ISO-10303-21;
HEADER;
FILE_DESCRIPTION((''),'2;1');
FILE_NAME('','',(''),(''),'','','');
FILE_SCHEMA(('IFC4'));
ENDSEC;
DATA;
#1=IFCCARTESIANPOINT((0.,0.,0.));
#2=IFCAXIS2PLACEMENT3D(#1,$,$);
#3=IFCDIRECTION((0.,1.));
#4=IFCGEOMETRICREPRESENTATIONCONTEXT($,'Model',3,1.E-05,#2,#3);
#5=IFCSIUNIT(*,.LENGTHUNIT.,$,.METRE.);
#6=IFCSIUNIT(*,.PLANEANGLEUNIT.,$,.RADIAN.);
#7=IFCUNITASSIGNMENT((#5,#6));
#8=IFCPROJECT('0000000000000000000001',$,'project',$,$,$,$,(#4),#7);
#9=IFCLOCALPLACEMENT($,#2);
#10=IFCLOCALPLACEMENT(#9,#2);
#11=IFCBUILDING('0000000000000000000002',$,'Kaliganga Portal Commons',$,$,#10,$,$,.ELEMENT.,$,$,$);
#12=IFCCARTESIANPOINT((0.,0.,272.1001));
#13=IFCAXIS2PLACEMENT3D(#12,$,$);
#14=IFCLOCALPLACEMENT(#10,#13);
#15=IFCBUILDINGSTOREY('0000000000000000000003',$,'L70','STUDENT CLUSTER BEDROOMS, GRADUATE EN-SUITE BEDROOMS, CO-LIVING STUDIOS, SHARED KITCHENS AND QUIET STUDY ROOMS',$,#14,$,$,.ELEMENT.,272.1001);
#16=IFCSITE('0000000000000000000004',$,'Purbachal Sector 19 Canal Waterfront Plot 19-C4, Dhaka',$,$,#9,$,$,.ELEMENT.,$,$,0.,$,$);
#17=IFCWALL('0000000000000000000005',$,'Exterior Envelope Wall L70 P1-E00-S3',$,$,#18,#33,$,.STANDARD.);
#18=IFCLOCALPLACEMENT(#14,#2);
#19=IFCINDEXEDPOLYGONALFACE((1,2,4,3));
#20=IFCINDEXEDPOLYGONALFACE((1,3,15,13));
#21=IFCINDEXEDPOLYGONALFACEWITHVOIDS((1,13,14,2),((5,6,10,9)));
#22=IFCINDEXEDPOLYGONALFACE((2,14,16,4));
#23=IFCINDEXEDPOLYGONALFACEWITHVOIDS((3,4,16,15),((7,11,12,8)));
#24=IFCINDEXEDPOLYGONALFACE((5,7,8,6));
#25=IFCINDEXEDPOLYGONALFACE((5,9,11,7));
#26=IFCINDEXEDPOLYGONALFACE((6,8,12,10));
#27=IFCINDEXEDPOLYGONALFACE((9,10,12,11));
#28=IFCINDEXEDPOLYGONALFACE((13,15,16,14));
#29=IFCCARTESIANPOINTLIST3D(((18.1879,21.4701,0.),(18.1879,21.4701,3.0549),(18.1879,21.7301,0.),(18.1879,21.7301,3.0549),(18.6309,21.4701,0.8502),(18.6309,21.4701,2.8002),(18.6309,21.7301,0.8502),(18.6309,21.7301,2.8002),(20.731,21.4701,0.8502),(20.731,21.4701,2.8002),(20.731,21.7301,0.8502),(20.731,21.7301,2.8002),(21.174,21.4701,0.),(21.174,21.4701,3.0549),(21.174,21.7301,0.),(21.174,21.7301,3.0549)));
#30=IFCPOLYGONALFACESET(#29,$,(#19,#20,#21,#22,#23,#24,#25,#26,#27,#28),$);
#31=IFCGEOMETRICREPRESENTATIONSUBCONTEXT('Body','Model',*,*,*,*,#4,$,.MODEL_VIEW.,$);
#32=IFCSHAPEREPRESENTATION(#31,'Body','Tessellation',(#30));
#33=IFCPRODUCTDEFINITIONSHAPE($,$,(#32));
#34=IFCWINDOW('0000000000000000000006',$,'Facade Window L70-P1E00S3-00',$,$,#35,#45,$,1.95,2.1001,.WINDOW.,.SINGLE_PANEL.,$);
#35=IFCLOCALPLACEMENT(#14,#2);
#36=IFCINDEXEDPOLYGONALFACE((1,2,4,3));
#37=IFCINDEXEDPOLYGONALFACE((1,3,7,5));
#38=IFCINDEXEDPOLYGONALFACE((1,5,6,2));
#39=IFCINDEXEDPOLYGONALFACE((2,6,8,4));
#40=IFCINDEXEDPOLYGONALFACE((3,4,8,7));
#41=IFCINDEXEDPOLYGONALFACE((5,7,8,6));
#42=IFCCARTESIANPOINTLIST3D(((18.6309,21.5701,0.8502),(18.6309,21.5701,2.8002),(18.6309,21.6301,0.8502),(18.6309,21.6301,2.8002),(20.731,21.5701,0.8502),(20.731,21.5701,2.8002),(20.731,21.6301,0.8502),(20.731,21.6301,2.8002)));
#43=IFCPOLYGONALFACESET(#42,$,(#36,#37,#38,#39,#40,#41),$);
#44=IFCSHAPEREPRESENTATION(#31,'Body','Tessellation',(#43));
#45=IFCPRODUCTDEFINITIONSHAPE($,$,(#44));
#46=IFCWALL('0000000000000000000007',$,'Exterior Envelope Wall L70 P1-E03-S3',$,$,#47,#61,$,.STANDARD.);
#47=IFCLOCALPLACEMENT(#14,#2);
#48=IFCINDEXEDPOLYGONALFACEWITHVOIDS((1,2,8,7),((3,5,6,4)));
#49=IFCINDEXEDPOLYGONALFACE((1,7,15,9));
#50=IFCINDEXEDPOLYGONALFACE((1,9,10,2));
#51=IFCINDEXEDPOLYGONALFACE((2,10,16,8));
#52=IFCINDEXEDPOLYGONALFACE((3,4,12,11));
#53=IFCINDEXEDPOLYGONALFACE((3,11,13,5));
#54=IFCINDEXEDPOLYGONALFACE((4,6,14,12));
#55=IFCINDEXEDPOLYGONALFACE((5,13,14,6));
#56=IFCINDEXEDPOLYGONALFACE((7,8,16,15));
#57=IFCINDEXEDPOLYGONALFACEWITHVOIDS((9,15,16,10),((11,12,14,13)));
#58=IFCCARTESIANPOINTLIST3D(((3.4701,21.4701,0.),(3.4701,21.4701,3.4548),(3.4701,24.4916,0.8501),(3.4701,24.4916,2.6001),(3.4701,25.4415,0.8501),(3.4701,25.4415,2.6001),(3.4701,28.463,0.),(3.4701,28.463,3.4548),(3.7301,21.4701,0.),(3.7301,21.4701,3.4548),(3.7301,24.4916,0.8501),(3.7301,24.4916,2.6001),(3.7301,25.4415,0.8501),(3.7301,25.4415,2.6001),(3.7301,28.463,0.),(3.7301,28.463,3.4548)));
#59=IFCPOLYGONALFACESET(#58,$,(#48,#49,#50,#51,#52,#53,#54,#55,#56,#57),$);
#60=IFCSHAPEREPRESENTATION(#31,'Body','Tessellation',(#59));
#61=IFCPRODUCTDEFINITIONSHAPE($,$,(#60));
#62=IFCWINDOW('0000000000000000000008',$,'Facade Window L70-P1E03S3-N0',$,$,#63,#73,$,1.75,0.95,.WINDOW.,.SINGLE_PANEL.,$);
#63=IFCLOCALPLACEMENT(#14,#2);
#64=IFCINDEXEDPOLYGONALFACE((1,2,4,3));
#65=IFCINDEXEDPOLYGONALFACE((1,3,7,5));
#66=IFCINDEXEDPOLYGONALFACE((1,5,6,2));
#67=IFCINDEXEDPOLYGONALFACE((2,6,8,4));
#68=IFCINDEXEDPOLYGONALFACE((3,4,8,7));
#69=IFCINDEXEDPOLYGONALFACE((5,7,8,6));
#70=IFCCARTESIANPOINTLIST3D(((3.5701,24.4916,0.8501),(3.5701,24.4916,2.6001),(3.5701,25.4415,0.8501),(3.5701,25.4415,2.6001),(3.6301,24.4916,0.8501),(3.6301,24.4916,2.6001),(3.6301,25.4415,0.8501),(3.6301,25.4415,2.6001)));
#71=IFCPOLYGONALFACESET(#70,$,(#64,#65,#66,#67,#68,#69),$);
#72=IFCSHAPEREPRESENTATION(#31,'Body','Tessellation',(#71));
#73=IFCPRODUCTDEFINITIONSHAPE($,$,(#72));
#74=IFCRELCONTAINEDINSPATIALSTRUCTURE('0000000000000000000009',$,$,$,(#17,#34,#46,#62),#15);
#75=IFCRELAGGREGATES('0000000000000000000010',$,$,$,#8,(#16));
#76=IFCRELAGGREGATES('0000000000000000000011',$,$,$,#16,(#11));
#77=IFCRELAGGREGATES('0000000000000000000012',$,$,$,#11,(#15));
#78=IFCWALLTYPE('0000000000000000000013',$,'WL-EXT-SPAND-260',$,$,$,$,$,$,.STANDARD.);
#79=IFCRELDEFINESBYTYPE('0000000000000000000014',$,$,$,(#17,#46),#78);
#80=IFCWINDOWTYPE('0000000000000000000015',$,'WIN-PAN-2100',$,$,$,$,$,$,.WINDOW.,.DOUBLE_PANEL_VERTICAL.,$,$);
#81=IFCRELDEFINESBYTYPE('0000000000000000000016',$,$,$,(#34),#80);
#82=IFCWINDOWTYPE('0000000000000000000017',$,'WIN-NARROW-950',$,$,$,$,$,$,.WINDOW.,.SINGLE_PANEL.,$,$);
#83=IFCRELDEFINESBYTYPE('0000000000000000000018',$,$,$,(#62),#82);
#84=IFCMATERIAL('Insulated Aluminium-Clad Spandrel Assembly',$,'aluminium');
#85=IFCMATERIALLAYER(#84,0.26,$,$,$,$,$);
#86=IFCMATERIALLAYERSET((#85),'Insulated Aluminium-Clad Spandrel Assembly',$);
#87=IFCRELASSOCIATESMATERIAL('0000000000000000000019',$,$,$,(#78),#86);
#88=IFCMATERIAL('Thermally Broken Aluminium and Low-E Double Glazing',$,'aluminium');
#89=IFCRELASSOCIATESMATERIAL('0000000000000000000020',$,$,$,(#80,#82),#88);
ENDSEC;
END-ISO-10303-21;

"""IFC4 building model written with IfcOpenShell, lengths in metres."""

from ifc_helpers import new_model, si_unit, direction, frame, frame_2d, origin, place, context, subcontext, project, spatial, rectangle, extrude, material, layer, layer_set, type_object, element, fill, save


model = new_model("IFC4")

# Units and contexts
model_context = context("Model", 3, precision=1e-05, world=origin(), true_north=direction((0.0, 1.0)))
body_context = subcontext(model_context, "Body", "Model", "MODEL_VIEW")
ifc_project = project(units=[si_unit("LENGTHUNIT", "METRE"), si_unit("PLANEANGLEUNIT", "RADIAN")], contexts=[model_context])

# Site, building, storey
site_placement = place(None, origin())
site = spatial("IfcSite", under=ifc_project, at=site_placement, Name="Purbachal Sector 19 Canal Waterfront Plot 19-C4, Dhaka", CompositionType="ELEMENT", RefElevation=0.0)
building_placement = place(site_placement, origin())
building = spatial("IfcBuilding", under=site, at=building_placement, Name="Kaliganga Portal Commons", CompositionType="ELEMENT")
storey_placement = place(building_placement, frame((0.0, 0.0, 272.1001)))
storey = spatial("IfcBuildingStorey", under=building, at=storey_placement, Name="L70", Description="STUDENT CLUSTER BEDROOMS, GRADUATE EN-SUITE BEDROOMS, CO-LIVING STUDIOS, SHARED KITCHENS AND QUIET STUDY ROOMS", CompositionType="ELEMENT", Elevation=272.1001)

# Shared definitions
ifc_material_1 = material(Name="Insulated Aluminium-Clad Spandrel Assembly", Category="aluminium")
ifc_layer_1 = layer(ifc_material_1, 0.26)
ifc_layer_set_1 = layer_set([ifc_layer_1], Name="Insulated Aluminium-Clad Spandrel Assembly")
wall_type = type_object("IfcWallType", Name="WL-EXT-SPAND-260", PredefinedType="STANDARD", material=ifc_layer_set_1)
ifc_material_2 = material(Name="Thermally Broken Aluminium and Low-E Double Glazing", Category="aluminium")
window_type_1 = type_object("IfcWindowType", Name="WIN-PAN-2100", PartitioningType="DOUBLE_PANEL_VERTICAL", PredefinedType="WINDOW", material=ifc_material_2)

# Walls, openings, windows
window_type_2 = type_object("IfcWindowType", Name="WIN-NARROW-950", PartitioningType="SINGLE_PANEL", PredefinedType="WINDOW", material=ifc_material_2)
wall_1_placement = place(storey_placement, frame((21.1741, 21.6001, 0.0), z_axis=(0.0, 0.0, 1.0), x_axis=(-1.0, 0.0, 0.0)))
wall_1 = element("IfcWall", 1, at=wall_1_placement, inside=storey, type_object=wall_type, Name="Exterior Envelope Wall L70 P1-E00-S3", PredefinedType="STANDARD", context=body_context, shape_type="SweptSolid", body=[
    extrude(rectangle(XDim=2.9861, YDim=0.26, at=frame_2d((1.4932, 0.0))), origin(), (0.0, 0.0, 1.0), 3.0549),
])
opening_1_placement = place(wall_1_placement, frame((0.4431, 0.0, 0.8501)))
opening_1 = element("IfcOpeningElement", 2, at=opening_1_placement, cuts=wall_1, PredefinedType="OPENING", context=body_context, shape_type="SweptSolid", body=[
    extrude(rectangle(XDim=2.1001, YDim=1.95, at=frame_2d((1.05, 0.9751))), frame((0.0, 0.1401, 0.0), z_axis=(0.0, -1.0, 0.0), x_axis=(1.0, 0.0, 0.0)), (0.0, 0.0, 1.0), 0.28),
])
window_1_placement = place(opening_1_placement, origin())
window_1 = element("IfcWindow", 3, at=window_1_placement, inside=storey, type_object=window_type_1, Name="Facade Window L70-P1E00S3-00", OverallHeight=1.95, OverallWidth=2.1001, PartitioningType="SINGLE_PANEL", PredefinedType="WINDOW", context=body_context, shape_type="SweptSolid", body=[
    extrude(rectangle(XDim=2.1001, YDim=1.95, at=frame_2d((1.05, 0.9751))), frame((0.0, 0.03, 0.0), z_axis=(0.0, -1.0, 0.0), x_axis=(1.0, 0.0, 0.0)), (0.0, 0.0, 1.0), 0.0601),
])
fill(opening_1, window_1)
wall_2_placement = place(storey_placement, frame((3.6001, 21.47, 0.0), z_axis=(0.0, 0.0, 1.0), x_axis=(0.0, 1.0, 0.0)))
wall_2 = element("IfcWall", 4, at=wall_2_placement, inside=storey, type_object=wall_type, Name="Exterior Envelope Wall L70 P1-E03-S3", PredefinedType="STANDARD", context=body_context, shape_type="SweptSolid", body=[
    extrude(rectangle(XDim=6.9929, YDim=0.26, at=frame_2d((3.4966, 0.0))), origin(), (0.0, 0.0, 1.0), 3.4548),
])
opening_2_placement = place(wall_2_placement, frame((3.0215, 0.0, 0.8501)))
opening_2 = element("IfcOpeningElement", 5, at=opening_2_placement, cuts=wall_2, PredefinedType="OPENING", context=body_context, shape_type="SweptSolid", body=[
    extrude(rectangle(XDim=0.95, YDim=1.75, at=frame_2d((0.4751, 0.875))), frame((0.0, 0.1401, 0.0), z_axis=(0.0, -1.0, 0.0), x_axis=(1.0, 0.0, 0.0)), (0.0, 0.0, 1.0), 0.28),
])
window_2_placement = place(opening_2_placement, origin())
window_2 = element("IfcWindow", 6, at=window_2_placement, inside=storey, type_object=window_type_2, Name="Facade Window L70-P1E03S3-N0", OverallHeight=1.75, OverallWidth=0.95, PartitioningType="SINGLE_PANEL", PredefinedType="WINDOW", context=body_context, shape_type="SweptSolid", body=[
    extrude(rectangle(XDim=0.95, YDim=1.75, at=frame_2d((0.4751, 0.875))), frame((0.0, 0.03, 0.0), z_axis=(0.0, -1.0, 0.0), x_axis=(1.0, 0.0, 0.0)), (0.0, 0.0, 1.0), 0.0601),
])
fill(opening_2, window_2)

save(model, "model.ifc")
